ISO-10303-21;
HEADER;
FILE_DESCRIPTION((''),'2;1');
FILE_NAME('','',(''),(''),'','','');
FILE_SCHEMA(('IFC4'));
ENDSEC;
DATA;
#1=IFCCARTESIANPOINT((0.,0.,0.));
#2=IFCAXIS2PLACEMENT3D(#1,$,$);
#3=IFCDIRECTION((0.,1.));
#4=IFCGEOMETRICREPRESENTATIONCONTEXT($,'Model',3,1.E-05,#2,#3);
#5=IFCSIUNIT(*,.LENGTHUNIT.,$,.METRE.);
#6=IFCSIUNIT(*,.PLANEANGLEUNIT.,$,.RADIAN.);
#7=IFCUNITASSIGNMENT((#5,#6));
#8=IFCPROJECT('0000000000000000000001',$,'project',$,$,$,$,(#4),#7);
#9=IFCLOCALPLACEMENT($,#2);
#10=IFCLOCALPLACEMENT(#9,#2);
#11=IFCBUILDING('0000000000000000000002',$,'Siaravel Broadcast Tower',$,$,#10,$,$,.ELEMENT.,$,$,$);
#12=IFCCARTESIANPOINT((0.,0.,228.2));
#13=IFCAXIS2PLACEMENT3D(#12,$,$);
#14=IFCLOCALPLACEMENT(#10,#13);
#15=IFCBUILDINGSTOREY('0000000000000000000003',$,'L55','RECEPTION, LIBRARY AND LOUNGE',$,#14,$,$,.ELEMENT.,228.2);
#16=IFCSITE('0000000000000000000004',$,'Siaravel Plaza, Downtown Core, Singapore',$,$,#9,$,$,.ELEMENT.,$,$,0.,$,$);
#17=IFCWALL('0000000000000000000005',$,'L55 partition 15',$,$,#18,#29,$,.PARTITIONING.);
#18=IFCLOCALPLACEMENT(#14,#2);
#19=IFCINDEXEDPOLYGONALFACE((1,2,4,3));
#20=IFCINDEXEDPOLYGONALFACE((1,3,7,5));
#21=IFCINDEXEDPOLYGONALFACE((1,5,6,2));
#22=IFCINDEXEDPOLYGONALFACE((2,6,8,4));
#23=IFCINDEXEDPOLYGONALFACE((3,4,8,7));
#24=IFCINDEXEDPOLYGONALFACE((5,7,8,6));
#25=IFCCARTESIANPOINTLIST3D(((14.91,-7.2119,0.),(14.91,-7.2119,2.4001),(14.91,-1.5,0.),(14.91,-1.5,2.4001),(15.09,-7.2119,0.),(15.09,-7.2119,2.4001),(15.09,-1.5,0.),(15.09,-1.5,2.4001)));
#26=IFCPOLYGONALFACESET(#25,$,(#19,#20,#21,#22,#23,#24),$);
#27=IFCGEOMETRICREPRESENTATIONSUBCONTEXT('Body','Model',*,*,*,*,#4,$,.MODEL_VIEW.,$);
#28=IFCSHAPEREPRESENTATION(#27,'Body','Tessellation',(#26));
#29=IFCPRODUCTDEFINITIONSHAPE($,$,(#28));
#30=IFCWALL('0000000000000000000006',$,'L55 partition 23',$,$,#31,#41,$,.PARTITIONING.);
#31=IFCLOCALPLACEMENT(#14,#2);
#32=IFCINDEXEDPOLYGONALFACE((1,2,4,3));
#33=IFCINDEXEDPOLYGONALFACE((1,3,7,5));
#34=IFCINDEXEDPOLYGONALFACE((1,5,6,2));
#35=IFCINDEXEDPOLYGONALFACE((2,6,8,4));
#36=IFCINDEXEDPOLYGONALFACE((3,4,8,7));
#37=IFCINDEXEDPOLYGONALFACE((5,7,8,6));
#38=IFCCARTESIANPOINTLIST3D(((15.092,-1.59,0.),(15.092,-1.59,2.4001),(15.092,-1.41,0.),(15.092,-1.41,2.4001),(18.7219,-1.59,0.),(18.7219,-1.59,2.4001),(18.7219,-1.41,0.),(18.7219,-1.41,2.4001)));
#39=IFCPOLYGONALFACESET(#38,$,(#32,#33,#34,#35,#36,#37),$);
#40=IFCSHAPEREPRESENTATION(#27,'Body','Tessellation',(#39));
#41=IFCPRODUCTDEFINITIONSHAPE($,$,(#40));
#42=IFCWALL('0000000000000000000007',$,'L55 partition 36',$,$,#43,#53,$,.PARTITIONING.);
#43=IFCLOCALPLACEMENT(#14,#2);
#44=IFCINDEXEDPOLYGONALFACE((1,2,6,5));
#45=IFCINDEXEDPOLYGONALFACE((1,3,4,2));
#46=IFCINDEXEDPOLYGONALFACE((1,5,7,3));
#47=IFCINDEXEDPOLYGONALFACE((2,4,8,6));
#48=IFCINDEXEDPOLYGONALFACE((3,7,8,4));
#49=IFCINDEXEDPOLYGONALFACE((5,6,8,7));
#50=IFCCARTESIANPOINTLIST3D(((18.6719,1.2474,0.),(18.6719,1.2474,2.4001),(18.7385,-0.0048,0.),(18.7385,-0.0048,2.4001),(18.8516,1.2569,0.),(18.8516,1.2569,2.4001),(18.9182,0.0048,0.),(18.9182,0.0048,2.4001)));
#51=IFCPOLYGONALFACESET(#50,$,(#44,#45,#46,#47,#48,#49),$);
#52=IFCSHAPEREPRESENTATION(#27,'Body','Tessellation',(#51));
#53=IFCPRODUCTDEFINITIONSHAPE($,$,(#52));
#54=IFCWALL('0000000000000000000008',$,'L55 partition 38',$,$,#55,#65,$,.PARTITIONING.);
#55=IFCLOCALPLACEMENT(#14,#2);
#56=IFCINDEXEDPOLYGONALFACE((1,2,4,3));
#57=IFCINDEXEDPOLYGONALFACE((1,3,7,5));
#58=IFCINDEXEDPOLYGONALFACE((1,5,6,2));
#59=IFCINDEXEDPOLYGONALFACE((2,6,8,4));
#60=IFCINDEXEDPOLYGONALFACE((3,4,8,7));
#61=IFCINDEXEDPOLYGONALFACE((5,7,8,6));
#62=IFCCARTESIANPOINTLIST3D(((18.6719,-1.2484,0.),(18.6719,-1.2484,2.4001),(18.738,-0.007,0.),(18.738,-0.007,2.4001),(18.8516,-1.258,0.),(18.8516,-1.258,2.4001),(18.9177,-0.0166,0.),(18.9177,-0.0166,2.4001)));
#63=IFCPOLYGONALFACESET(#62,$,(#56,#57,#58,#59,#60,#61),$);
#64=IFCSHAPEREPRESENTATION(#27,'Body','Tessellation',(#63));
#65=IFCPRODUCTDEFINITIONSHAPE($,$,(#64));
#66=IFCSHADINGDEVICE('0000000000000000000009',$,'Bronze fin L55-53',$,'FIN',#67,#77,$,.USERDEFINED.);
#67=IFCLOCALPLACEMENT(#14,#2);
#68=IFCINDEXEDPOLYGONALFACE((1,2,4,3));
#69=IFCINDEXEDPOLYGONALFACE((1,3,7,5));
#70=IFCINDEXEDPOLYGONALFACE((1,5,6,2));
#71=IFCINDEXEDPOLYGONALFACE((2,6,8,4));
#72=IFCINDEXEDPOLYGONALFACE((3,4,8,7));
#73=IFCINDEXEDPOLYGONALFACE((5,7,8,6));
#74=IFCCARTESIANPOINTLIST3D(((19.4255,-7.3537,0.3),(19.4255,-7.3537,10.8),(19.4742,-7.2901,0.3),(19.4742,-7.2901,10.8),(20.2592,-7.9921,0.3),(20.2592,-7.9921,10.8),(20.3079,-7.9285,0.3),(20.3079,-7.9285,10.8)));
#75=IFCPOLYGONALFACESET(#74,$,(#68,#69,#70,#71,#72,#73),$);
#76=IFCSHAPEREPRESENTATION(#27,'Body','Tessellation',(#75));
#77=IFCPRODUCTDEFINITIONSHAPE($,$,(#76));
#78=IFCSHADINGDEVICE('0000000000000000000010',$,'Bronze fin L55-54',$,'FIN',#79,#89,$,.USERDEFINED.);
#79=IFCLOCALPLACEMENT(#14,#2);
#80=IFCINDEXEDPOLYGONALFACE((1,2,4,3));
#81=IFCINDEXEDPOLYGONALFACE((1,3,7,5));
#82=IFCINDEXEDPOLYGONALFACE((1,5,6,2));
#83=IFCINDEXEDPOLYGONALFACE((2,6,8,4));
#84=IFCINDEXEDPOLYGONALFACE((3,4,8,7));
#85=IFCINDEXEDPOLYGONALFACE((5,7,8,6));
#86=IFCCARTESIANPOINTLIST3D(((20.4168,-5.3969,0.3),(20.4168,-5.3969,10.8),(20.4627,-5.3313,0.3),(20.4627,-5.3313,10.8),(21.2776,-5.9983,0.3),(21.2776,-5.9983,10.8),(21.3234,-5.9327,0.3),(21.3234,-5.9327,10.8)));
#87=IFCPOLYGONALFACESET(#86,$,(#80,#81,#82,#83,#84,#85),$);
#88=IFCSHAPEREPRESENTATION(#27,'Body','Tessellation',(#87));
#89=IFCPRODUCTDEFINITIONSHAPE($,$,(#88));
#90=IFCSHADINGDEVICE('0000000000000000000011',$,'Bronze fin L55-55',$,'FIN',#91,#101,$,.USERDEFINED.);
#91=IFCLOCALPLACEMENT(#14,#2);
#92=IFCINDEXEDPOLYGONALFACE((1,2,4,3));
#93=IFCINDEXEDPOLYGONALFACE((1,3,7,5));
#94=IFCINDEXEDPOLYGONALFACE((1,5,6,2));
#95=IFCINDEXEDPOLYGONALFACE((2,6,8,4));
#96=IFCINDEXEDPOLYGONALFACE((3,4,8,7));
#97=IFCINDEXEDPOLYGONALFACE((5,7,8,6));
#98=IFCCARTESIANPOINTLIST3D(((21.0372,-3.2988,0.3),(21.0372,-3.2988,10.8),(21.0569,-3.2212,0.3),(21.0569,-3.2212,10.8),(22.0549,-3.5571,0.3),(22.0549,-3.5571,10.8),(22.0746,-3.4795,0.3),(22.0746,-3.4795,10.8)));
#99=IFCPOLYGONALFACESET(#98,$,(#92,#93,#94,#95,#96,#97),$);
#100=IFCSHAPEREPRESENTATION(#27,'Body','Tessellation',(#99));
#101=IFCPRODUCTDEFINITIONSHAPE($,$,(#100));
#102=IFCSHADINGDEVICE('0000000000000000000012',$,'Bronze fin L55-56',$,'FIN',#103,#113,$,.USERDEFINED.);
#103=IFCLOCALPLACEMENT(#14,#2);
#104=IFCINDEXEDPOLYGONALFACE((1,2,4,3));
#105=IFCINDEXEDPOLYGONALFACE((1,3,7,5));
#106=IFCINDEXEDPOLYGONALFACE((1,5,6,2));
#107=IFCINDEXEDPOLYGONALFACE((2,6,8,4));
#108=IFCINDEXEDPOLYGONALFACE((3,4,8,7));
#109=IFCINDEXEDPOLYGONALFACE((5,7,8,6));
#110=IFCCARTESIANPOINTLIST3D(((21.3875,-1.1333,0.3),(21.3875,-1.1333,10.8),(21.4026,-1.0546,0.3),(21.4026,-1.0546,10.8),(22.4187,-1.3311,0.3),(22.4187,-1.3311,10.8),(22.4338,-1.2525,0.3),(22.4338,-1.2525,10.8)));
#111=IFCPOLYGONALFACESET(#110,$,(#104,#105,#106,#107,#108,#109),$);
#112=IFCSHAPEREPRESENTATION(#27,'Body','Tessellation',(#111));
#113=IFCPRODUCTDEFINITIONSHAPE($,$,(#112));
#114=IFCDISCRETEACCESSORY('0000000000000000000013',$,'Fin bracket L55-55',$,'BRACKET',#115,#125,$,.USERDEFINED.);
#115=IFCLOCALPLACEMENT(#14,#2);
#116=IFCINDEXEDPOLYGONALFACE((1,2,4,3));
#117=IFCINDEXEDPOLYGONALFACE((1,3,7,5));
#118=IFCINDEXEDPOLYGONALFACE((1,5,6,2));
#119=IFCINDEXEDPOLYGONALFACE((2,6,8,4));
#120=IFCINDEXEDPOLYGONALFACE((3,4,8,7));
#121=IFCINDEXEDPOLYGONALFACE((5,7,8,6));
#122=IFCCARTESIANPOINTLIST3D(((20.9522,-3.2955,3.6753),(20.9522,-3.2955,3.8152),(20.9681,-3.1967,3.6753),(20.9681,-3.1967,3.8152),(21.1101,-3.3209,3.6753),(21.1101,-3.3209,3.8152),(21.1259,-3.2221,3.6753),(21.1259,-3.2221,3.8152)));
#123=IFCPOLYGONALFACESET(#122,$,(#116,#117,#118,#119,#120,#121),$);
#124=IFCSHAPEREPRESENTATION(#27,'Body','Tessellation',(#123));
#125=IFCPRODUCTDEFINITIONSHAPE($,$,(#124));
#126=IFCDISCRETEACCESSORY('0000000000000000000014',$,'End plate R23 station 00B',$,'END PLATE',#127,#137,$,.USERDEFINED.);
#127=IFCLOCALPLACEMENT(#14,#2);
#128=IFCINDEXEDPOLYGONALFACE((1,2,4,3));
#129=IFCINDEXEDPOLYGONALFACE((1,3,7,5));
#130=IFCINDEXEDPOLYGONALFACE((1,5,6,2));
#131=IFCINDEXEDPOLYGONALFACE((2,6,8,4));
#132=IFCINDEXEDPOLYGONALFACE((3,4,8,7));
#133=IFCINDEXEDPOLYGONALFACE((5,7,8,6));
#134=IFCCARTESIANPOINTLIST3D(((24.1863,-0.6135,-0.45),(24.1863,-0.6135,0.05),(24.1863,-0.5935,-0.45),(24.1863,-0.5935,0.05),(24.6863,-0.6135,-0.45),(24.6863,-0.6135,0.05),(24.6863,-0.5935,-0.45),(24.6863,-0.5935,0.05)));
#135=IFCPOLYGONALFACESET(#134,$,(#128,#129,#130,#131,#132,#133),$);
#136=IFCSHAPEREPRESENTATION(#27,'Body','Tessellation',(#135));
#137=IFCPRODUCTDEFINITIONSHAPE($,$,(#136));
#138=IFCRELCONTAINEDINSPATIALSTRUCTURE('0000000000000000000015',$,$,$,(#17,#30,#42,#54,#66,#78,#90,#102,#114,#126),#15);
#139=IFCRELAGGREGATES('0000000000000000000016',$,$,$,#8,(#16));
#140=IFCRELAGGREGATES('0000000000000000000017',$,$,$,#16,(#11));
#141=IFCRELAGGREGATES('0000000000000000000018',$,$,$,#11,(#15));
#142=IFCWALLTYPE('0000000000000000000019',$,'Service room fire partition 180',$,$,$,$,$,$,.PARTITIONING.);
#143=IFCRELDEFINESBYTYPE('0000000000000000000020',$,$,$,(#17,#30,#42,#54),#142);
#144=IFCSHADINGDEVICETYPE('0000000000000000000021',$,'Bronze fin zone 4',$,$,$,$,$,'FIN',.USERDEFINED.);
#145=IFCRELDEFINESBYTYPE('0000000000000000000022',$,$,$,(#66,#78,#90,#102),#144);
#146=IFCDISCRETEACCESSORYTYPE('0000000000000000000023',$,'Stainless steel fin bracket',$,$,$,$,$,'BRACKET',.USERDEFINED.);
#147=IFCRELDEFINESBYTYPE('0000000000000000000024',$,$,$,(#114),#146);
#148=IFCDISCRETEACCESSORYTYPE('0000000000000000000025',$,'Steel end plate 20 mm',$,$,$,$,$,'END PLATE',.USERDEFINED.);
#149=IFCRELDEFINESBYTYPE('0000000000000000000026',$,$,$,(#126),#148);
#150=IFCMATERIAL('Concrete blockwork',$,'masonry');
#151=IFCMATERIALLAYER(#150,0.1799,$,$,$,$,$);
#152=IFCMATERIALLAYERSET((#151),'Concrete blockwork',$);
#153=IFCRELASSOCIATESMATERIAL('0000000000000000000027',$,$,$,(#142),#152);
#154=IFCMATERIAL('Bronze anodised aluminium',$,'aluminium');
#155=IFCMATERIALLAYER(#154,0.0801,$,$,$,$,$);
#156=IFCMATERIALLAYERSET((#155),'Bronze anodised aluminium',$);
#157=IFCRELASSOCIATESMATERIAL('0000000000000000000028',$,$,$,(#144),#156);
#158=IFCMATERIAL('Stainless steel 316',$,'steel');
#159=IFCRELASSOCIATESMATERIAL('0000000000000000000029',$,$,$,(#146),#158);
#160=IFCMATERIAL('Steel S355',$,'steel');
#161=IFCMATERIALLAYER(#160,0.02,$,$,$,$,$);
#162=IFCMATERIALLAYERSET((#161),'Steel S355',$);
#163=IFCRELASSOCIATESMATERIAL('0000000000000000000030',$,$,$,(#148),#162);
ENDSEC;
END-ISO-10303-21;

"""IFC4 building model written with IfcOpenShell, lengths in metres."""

from ifc_helpers import new_model, si_unit, direction, frame, frame_2d, origin, origin_2d, place, context, subcontext, project, spatial, rectangle, extrude, material, layer, layer_set, type_object, element, save


model = new_model("IFC4")

# Units and contexts
model_context = context("Model", 3, precision=1e-05, world=origin(), true_north=direction((0.0, 1.0)))
body_context = subcontext(model_context, "Body", "Model", "MODEL_VIEW")
ifc_project = project(units=[si_unit("LENGTHUNIT", "METRE"), si_unit("PLANEANGLEUNIT", "RADIAN")], contexts=[model_context])

# Site, building, storey
site_placement = place(None, origin())
site = spatial("IfcSite", under=ifc_project, at=site_placement, Name="Siaravel Plaza, Downtown Core, Singapore", CompositionType="ELEMENT", RefElevation=0.0)
building_placement = place(site_placement, origin())
building = spatial("IfcBuilding", under=site, at=building_placement, Name="Siaravel Broadcast Tower", CompositionType="ELEMENT")
storey_placement = place(building_placement, frame((0.0, 0.0, 228.2)))
storey = spatial("IfcBuildingStorey", under=building, at=storey_placement, Name="L55", Description="RECEPTION, LIBRARY AND LOUNGE", CompositionType="ELEMENT", Elevation=228.2)

# Shared definitions
ifc_material_1 = material(Name="Steel S355", Category="steel")

# Walls
ifc_material_2 = material(Name="Concrete blockwork", Category="masonry")
ifc_layer_1 = layer(ifc_material_2, 0.1799)
ifc_layer_set_1 = layer_set([ifc_layer_1], Name="Concrete blockwork")
wall_type = type_object("IfcWallType", Name="Service room fire partition 180", PredefinedType="PARTITIONING", material=ifc_layer_set_1)
wall_1_placement = place(storey_placement, frame((15.0, -7.2119, 0.0), z_axis=(0.0, 0.0, 1.0), x_axis=(0.0, 1.0, 0.0)))
element("IfcWall", 1, at=wall_1_placement, inside=storey, type_object=wall_type, Name="L55 partition 15", PredefinedType="PARTITIONING", context=body_context, shape_type="SweptSolid", body=[
    extrude(rectangle(XDim=5.7119, YDim=0.1799, at=frame_2d((2.856, 0.0))), origin(), (0.0, 0.0, 1.0), 2.4001),
])
wall_2_placement = place(storey_placement, frame((15.092, -1.5, 0.0), z_axis=(0.0, 0.0, 1.0), x_axis=(1.0, 0.0, 0.0)))
element("IfcWall", 2, at=wall_2_placement, inside=storey, type_object=wall_type, Name="L55 partition 23", PredefinedType="PARTITIONING", context=body_context, shape_type="SweptSolid", body=[
    extrude(rectangle(XDim=3.6299, YDim=0.1799, at=frame_2d((1.8149, 0.0))), origin(), (0.0, 0.0, 1.0), 2.4001),
])
wall_3_placement = place(storey_placement, frame((18.8284, 0.0, 0.0), z_axis=(0.0, 0.0, 1.0), x_axis=(-0.053152, 0.998586, 0.0)))
element("IfcWall", 3, at=wall_3_placement, inside=storey, type_object=wall_type, Name="L55 partition 36", PredefinedType="PARTITIONING", context=body_context, shape_type="SweptSolid", body=[
    extrude(rectangle(XDim=1.2539, YDim=0.1799, at=frame_2d((0.627, 0.0))), origin(), (0.0, 0.0, 1.0), 2.4001),
])
wall_4_placement = place(storey_placement, frame((18.7617, -1.2532, 0.0), z_axis=(0.0, 0.0, 1.0), x_axis=(0.053218, 0.998583, 0.0)))
element("IfcWall", 4, at=wall_4_placement, inside=storey, type_object=wall_type, Name="L55 partition 38", PredefinedType="PARTITIONING", context=body_context, shape_type="SweptSolid", body=[
    extrude(rectangle(XDim=1.2432, YDim=0.1799, at=frame_2d((0.6216, 0.0))), origin(), (0.0, 0.0, 1.0), 2.4001),
])

# Shading devices
ifc_material_3 = material(Name="Bronze anodised aluminium", Category="aluminium")
ifc_layer_2 = layer(ifc_material_3, 0.0801)
ifc_layer_set_2 = layer_set([ifc_layer_2], Name="Bronze anodised aluminium")
shading_device_type = type_object("IfcShadingDeviceType", Name="Bronze fin zone 4", ElementType="FIN", PredefinedType="USERDEFINED", material=ifc_layer_set_2)
for number, where, z_axis, x_axis, name in (
    (5, (19.8667, -7.6411, 0.3), (0.0, 0.0, 1.0), (0.793974, -0.607951, 0.0), "Bronze fin L55-53"),
    (6, (20.8701, -5.6648, 0.3), (0.0, 0.0, 1.0), (0.819731, -0.572748, 0.0), "Bronze fin L55-54"),
    (7, (21.5559, -3.3892, 0.3), (0.0, 0.0, 1.0), (0.969265, -0.246018, 0.0), "Bronze fin L55-55"),
    (8, (21.9106, -1.1929, 0.3), (0.0, 0.0, 1.0), (0.982091, -0.188406, 0.0), "Bronze fin L55-56"),
):
    element("IfcShadingDevice", number, at=place(storey_placement, frame(where, z_axis=z_axis, x_axis=x_axis)), inside=storey, type_object=shading_device_type, Name=name, ObjectType="FIN", PredefinedType="USERDEFINED", context=body_context, shape_type="SweptSolid", body=[
        extrude(rectangle(XDim=1.05, YDim=0.0801, at=origin_2d()), origin(), (0.0, 0.0, 1.0), 10.5),
    ])

# Discrete accessories
ifc_material_4 = material(Name="Stainless steel 316", Category="steel")
discrete_accessory_type_1 = type_object("IfcDiscreteAccessoryType", Name="Stainless steel fin bracket", ElementType="BRACKET", PredefinedType="USERDEFINED", material=ifc_material_4)
discrete_accessory_1_placement = place(storey_placement, frame((21.0391, -3.2588, 3.6753), z_axis=(0.0, 0.0, 1.0), x_axis=(0.987329, -0.158685, 0.0)))
element("IfcDiscreteAccessory", 9, at=discrete_accessory_1_placement, inside=storey, type_object=discrete_accessory_type_1, Name="Fin bracket L55-55", ObjectType="BRACKET", PredefinedType="USERDEFINED", context=body_context, shape_type="SweptSolid", body=[
    extrude(rectangle(XDim=0.1599, YDim=0.1001, at=origin_2d()), origin(), (0.0, 0.0, 1.0), 0.1399),
])
ifc_layer_3 = layer(ifc_material_1, 0.02)
ifc_layer_set_3 = layer_set([ifc_layer_3], Name="Steel S355")
discrete_accessory_type_2 = type_object("IfcDiscreteAccessoryType", Name="Steel end plate 20 mm", ElementType="END PLATE", PredefinedType="USERDEFINED", material=ifc_layer_set_3)
discrete_accessory_2_placement = place(storey_placement, frame((24.4363, -0.6035, -0.45), z_axis=(0.0, 0.0, 1.0), x_axis=(0.0, 1.0, 0.0)))
element("IfcDiscreteAccessory", 10, at=discrete_accessory_2_placement, inside=storey, type_object=discrete_accessory_type_2, Name="End plate R23 station 00B", ObjectType="END PLATE", PredefinedType="USERDEFINED", context=body_context, shape_type="SweptSolid", body=[
    extrude(rectangle(XDim=0.02, YDim=0.5, at=origin_2d()), origin(), (0.0, 0.0, 1.0), 0.5),
])

save(model, "model.ifc")
